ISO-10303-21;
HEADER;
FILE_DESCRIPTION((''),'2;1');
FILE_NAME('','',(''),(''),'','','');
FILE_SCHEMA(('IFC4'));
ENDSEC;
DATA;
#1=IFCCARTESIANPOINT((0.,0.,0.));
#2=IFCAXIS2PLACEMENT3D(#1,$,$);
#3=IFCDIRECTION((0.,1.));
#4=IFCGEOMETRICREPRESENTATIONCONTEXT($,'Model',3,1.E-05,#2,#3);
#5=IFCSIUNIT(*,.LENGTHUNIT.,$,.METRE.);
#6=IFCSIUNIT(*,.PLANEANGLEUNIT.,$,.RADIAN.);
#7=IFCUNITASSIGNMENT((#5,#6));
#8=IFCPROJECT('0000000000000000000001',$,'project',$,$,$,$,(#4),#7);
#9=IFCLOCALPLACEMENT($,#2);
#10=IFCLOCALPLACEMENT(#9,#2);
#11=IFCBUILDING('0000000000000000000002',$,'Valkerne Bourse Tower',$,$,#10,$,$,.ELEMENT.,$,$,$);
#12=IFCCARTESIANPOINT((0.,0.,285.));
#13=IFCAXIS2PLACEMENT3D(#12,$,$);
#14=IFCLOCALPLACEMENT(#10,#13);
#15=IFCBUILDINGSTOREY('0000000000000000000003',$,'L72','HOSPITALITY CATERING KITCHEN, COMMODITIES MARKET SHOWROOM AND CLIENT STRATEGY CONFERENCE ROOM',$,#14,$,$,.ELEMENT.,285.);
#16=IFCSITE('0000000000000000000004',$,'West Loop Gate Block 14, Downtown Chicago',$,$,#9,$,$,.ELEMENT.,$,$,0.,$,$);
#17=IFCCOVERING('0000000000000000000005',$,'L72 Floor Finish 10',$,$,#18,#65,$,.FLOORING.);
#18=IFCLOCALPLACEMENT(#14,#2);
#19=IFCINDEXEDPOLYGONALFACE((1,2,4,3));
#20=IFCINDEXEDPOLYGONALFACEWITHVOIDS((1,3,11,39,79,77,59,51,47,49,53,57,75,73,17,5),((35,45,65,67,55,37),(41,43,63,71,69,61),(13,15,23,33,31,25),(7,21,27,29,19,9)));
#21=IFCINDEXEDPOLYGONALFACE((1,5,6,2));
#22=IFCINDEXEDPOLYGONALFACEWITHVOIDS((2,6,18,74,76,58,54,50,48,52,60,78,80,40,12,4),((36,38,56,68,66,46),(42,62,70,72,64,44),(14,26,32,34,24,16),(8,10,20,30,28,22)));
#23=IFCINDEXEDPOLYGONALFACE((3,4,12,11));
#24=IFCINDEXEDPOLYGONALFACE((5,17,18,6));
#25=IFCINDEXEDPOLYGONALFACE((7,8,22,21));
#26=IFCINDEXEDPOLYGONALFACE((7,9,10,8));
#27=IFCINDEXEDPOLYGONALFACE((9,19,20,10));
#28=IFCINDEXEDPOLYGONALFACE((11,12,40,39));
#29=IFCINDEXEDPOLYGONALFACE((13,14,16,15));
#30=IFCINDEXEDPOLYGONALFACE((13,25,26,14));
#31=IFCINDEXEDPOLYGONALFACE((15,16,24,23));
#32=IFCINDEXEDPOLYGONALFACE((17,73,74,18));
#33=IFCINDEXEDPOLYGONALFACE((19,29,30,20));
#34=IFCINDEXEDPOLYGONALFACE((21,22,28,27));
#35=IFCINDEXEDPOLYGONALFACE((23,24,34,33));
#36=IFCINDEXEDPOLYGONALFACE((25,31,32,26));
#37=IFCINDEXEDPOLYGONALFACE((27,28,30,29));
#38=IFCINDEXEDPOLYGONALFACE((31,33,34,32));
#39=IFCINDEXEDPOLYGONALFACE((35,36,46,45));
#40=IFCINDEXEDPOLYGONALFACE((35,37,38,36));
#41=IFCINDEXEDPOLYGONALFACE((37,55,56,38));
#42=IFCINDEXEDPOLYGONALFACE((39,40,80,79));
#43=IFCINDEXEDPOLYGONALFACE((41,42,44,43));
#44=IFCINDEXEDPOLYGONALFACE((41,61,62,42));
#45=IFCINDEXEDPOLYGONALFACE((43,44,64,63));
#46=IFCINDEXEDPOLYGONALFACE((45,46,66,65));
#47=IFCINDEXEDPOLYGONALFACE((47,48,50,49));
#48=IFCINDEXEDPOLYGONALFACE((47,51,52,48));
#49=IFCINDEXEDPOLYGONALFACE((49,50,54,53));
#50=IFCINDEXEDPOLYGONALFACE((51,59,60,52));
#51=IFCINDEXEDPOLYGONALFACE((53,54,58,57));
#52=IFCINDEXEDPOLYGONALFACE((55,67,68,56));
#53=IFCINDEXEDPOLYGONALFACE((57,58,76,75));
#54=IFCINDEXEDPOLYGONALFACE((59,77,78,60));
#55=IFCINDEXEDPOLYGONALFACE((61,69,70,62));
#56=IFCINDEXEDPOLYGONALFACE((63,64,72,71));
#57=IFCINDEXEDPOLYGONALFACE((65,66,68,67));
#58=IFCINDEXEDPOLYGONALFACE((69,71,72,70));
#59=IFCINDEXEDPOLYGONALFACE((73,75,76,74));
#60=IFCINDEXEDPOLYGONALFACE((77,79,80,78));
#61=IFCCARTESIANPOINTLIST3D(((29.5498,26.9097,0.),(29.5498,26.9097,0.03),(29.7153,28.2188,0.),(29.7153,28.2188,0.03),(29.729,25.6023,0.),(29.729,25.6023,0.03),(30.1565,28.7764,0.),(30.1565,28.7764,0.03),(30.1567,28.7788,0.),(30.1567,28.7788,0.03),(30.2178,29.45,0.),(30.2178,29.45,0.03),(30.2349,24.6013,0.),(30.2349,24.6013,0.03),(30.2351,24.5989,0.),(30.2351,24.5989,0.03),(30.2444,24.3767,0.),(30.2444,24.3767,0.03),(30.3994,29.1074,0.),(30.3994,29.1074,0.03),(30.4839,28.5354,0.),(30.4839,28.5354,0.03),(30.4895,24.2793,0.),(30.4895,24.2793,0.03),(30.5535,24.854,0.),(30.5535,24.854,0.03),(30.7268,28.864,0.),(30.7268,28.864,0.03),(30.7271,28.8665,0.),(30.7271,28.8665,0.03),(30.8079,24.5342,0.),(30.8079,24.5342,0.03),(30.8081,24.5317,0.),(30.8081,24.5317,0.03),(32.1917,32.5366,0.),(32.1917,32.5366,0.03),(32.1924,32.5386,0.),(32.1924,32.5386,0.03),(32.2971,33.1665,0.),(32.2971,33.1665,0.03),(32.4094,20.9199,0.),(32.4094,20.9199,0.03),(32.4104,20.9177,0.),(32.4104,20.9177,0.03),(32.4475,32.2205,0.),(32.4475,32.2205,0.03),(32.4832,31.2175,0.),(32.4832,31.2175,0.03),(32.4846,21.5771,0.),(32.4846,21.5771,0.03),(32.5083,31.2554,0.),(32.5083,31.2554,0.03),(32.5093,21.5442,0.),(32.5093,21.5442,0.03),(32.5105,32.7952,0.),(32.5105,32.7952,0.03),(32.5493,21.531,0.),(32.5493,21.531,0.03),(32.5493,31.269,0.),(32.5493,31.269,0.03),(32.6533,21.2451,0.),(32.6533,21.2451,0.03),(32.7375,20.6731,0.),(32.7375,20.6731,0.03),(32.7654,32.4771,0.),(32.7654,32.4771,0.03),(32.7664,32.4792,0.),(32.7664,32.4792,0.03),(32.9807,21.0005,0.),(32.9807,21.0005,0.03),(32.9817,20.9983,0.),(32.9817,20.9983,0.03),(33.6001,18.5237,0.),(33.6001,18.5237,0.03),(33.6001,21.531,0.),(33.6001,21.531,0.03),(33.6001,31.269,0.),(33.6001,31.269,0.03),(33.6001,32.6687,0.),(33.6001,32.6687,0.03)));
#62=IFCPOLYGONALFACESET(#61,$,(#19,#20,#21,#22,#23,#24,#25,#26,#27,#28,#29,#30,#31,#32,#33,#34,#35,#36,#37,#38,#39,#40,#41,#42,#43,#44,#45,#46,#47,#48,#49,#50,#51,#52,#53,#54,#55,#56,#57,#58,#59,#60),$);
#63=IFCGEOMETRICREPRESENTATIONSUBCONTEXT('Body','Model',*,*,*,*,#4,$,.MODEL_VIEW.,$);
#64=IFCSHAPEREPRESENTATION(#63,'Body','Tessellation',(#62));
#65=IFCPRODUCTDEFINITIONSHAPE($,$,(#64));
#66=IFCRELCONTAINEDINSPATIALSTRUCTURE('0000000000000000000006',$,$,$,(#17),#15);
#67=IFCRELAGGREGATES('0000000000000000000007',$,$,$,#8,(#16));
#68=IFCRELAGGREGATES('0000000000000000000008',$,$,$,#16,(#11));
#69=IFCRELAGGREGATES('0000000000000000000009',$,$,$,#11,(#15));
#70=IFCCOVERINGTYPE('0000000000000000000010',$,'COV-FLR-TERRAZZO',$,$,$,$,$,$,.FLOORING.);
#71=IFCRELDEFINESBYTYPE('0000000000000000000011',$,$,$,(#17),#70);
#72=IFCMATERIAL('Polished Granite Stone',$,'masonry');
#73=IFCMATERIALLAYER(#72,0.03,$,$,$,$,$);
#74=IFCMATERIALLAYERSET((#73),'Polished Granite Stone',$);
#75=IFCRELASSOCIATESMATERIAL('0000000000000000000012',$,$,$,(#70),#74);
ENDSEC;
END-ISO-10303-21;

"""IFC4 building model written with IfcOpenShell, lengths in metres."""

from ifc_helpers import new_model, si_unit, direction, frame, origin, place, context, subcontext, project, spatial, polyline, outline, extrude, material, layer, layer_set, type_object, element, save


model = new_model("IFC4")

# Units and contexts
model_context = context("Model", 3, precision=1e-05, world=origin(), true_north=direction((0.0, 1.0)))
body_context = subcontext(model_context, "Body", "Model", "MODEL_VIEW")
ifc_project = project(units=[si_unit("LENGTHUNIT", "METRE"), si_unit("PLANEANGLEUNIT", "RADIAN")], contexts=[model_context])

# Site, building, storey
site_placement = place(None, origin())
site = spatial("IfcSite", under=ifc_project, at=site_placement, Name="West Loop Gate Block 14, Downtown Chicago", CompositionType="ELEMENT", RefElevation=0.0)
building_placement = place(site_placement, origin())
building = spatial("IfcBuilding", under=site, at=building_placement, Name="Valkerne Bourse Tower", CompositionType="ELEMENT")
storey_placement = place(building_placement, frame((0.0, 0.0, 285.0)))
storey = spatial("IfcBuildingStorey", under=building, at=storey_placement, Name="L72", Description="HOSPITALITY CATERING KITCHEN, COMMODITIES MARKET SHOWROOM AND CLIENT STRATEGY CONFERENCE ROOM", CompositionType="ELEMENT", Elevation=285.0)

# Covering
ifc_material_1 = material(Name="Polished Granite Stone", Category="masonry")
ifc_layer_1 = layer(ifc_material_1, 0.03)
ifc_layer_set_1 = layer_set([ifc_layer_1], Name="Polished Granite Stone")
covering_type_1 = type_object("IfcCoveringType", Name="COV-FLR-TERRAZZO", PredefinedType="FLOORING", material=ifc_layer_set_1)
covering_1_placement = place(storey_placement, origin())
element("IfcCovering", 1, at=covering_1_placement, inside=storey, type_object=covering_type_1, Name="L72 Floor Finish 10", PredefinedType="FLOORING", context=body_context, shape_type="SweptSolid", body=[
    extrude(outline(polyline([(30.2444, 24.3767), (29.729, 25.6023), (29.5498, 26.9097), (29.7153, 28.2188), (30.2178, 29.45), (32.2971, 33.1665), (33.6001, 32.6687), (33.6001, 31.269), (32.5493, 31.269), (32.5083, 31.2554), (32.4832, 31.2175), (32.4846, 21.5771), (32.5093, 21.5442), (32.5493, 21.531), (33.6001, 21.531), (33.6001, 18.5237), (30.2444, 24.3767)]), holes=[polyline([(32.9807, 21.0005), (32.6533, 21.2451), (32.4094, 20.9199), (32.4104, 20.9177), (32.7375, 20.6731), (32.9817, 20.9983), (32.9807, 21.0005)]), polyline([(30.8079, 24.5342), (30.5535, 24.854), (30.2349, 24.6013), (30.2351, 24.5989), (30.4895, 24.2793), (30.8081, 24.5317), (30.8079, 24.5342)]), polyline([(30.7271, 28.8665), (30.3994, 29.1074), (30.1567, 28.7788), (30.1565, 28.7764), (30.4839, 28.5354), (30.7268, 28.864), (30.7271, 28.8665)]), polyline([(32.7664, 32.4792), (32.5105, 32.7952), (32.1924, 32.5386), (32.1917, 32.5366), (32.4475, 32.2205), (32.7654, 32.4771), (32.7664, 32.4792)])]), origin(), (0.0, 0.0, 1.0), 0.03),
])

save(model, "model.ifc")
